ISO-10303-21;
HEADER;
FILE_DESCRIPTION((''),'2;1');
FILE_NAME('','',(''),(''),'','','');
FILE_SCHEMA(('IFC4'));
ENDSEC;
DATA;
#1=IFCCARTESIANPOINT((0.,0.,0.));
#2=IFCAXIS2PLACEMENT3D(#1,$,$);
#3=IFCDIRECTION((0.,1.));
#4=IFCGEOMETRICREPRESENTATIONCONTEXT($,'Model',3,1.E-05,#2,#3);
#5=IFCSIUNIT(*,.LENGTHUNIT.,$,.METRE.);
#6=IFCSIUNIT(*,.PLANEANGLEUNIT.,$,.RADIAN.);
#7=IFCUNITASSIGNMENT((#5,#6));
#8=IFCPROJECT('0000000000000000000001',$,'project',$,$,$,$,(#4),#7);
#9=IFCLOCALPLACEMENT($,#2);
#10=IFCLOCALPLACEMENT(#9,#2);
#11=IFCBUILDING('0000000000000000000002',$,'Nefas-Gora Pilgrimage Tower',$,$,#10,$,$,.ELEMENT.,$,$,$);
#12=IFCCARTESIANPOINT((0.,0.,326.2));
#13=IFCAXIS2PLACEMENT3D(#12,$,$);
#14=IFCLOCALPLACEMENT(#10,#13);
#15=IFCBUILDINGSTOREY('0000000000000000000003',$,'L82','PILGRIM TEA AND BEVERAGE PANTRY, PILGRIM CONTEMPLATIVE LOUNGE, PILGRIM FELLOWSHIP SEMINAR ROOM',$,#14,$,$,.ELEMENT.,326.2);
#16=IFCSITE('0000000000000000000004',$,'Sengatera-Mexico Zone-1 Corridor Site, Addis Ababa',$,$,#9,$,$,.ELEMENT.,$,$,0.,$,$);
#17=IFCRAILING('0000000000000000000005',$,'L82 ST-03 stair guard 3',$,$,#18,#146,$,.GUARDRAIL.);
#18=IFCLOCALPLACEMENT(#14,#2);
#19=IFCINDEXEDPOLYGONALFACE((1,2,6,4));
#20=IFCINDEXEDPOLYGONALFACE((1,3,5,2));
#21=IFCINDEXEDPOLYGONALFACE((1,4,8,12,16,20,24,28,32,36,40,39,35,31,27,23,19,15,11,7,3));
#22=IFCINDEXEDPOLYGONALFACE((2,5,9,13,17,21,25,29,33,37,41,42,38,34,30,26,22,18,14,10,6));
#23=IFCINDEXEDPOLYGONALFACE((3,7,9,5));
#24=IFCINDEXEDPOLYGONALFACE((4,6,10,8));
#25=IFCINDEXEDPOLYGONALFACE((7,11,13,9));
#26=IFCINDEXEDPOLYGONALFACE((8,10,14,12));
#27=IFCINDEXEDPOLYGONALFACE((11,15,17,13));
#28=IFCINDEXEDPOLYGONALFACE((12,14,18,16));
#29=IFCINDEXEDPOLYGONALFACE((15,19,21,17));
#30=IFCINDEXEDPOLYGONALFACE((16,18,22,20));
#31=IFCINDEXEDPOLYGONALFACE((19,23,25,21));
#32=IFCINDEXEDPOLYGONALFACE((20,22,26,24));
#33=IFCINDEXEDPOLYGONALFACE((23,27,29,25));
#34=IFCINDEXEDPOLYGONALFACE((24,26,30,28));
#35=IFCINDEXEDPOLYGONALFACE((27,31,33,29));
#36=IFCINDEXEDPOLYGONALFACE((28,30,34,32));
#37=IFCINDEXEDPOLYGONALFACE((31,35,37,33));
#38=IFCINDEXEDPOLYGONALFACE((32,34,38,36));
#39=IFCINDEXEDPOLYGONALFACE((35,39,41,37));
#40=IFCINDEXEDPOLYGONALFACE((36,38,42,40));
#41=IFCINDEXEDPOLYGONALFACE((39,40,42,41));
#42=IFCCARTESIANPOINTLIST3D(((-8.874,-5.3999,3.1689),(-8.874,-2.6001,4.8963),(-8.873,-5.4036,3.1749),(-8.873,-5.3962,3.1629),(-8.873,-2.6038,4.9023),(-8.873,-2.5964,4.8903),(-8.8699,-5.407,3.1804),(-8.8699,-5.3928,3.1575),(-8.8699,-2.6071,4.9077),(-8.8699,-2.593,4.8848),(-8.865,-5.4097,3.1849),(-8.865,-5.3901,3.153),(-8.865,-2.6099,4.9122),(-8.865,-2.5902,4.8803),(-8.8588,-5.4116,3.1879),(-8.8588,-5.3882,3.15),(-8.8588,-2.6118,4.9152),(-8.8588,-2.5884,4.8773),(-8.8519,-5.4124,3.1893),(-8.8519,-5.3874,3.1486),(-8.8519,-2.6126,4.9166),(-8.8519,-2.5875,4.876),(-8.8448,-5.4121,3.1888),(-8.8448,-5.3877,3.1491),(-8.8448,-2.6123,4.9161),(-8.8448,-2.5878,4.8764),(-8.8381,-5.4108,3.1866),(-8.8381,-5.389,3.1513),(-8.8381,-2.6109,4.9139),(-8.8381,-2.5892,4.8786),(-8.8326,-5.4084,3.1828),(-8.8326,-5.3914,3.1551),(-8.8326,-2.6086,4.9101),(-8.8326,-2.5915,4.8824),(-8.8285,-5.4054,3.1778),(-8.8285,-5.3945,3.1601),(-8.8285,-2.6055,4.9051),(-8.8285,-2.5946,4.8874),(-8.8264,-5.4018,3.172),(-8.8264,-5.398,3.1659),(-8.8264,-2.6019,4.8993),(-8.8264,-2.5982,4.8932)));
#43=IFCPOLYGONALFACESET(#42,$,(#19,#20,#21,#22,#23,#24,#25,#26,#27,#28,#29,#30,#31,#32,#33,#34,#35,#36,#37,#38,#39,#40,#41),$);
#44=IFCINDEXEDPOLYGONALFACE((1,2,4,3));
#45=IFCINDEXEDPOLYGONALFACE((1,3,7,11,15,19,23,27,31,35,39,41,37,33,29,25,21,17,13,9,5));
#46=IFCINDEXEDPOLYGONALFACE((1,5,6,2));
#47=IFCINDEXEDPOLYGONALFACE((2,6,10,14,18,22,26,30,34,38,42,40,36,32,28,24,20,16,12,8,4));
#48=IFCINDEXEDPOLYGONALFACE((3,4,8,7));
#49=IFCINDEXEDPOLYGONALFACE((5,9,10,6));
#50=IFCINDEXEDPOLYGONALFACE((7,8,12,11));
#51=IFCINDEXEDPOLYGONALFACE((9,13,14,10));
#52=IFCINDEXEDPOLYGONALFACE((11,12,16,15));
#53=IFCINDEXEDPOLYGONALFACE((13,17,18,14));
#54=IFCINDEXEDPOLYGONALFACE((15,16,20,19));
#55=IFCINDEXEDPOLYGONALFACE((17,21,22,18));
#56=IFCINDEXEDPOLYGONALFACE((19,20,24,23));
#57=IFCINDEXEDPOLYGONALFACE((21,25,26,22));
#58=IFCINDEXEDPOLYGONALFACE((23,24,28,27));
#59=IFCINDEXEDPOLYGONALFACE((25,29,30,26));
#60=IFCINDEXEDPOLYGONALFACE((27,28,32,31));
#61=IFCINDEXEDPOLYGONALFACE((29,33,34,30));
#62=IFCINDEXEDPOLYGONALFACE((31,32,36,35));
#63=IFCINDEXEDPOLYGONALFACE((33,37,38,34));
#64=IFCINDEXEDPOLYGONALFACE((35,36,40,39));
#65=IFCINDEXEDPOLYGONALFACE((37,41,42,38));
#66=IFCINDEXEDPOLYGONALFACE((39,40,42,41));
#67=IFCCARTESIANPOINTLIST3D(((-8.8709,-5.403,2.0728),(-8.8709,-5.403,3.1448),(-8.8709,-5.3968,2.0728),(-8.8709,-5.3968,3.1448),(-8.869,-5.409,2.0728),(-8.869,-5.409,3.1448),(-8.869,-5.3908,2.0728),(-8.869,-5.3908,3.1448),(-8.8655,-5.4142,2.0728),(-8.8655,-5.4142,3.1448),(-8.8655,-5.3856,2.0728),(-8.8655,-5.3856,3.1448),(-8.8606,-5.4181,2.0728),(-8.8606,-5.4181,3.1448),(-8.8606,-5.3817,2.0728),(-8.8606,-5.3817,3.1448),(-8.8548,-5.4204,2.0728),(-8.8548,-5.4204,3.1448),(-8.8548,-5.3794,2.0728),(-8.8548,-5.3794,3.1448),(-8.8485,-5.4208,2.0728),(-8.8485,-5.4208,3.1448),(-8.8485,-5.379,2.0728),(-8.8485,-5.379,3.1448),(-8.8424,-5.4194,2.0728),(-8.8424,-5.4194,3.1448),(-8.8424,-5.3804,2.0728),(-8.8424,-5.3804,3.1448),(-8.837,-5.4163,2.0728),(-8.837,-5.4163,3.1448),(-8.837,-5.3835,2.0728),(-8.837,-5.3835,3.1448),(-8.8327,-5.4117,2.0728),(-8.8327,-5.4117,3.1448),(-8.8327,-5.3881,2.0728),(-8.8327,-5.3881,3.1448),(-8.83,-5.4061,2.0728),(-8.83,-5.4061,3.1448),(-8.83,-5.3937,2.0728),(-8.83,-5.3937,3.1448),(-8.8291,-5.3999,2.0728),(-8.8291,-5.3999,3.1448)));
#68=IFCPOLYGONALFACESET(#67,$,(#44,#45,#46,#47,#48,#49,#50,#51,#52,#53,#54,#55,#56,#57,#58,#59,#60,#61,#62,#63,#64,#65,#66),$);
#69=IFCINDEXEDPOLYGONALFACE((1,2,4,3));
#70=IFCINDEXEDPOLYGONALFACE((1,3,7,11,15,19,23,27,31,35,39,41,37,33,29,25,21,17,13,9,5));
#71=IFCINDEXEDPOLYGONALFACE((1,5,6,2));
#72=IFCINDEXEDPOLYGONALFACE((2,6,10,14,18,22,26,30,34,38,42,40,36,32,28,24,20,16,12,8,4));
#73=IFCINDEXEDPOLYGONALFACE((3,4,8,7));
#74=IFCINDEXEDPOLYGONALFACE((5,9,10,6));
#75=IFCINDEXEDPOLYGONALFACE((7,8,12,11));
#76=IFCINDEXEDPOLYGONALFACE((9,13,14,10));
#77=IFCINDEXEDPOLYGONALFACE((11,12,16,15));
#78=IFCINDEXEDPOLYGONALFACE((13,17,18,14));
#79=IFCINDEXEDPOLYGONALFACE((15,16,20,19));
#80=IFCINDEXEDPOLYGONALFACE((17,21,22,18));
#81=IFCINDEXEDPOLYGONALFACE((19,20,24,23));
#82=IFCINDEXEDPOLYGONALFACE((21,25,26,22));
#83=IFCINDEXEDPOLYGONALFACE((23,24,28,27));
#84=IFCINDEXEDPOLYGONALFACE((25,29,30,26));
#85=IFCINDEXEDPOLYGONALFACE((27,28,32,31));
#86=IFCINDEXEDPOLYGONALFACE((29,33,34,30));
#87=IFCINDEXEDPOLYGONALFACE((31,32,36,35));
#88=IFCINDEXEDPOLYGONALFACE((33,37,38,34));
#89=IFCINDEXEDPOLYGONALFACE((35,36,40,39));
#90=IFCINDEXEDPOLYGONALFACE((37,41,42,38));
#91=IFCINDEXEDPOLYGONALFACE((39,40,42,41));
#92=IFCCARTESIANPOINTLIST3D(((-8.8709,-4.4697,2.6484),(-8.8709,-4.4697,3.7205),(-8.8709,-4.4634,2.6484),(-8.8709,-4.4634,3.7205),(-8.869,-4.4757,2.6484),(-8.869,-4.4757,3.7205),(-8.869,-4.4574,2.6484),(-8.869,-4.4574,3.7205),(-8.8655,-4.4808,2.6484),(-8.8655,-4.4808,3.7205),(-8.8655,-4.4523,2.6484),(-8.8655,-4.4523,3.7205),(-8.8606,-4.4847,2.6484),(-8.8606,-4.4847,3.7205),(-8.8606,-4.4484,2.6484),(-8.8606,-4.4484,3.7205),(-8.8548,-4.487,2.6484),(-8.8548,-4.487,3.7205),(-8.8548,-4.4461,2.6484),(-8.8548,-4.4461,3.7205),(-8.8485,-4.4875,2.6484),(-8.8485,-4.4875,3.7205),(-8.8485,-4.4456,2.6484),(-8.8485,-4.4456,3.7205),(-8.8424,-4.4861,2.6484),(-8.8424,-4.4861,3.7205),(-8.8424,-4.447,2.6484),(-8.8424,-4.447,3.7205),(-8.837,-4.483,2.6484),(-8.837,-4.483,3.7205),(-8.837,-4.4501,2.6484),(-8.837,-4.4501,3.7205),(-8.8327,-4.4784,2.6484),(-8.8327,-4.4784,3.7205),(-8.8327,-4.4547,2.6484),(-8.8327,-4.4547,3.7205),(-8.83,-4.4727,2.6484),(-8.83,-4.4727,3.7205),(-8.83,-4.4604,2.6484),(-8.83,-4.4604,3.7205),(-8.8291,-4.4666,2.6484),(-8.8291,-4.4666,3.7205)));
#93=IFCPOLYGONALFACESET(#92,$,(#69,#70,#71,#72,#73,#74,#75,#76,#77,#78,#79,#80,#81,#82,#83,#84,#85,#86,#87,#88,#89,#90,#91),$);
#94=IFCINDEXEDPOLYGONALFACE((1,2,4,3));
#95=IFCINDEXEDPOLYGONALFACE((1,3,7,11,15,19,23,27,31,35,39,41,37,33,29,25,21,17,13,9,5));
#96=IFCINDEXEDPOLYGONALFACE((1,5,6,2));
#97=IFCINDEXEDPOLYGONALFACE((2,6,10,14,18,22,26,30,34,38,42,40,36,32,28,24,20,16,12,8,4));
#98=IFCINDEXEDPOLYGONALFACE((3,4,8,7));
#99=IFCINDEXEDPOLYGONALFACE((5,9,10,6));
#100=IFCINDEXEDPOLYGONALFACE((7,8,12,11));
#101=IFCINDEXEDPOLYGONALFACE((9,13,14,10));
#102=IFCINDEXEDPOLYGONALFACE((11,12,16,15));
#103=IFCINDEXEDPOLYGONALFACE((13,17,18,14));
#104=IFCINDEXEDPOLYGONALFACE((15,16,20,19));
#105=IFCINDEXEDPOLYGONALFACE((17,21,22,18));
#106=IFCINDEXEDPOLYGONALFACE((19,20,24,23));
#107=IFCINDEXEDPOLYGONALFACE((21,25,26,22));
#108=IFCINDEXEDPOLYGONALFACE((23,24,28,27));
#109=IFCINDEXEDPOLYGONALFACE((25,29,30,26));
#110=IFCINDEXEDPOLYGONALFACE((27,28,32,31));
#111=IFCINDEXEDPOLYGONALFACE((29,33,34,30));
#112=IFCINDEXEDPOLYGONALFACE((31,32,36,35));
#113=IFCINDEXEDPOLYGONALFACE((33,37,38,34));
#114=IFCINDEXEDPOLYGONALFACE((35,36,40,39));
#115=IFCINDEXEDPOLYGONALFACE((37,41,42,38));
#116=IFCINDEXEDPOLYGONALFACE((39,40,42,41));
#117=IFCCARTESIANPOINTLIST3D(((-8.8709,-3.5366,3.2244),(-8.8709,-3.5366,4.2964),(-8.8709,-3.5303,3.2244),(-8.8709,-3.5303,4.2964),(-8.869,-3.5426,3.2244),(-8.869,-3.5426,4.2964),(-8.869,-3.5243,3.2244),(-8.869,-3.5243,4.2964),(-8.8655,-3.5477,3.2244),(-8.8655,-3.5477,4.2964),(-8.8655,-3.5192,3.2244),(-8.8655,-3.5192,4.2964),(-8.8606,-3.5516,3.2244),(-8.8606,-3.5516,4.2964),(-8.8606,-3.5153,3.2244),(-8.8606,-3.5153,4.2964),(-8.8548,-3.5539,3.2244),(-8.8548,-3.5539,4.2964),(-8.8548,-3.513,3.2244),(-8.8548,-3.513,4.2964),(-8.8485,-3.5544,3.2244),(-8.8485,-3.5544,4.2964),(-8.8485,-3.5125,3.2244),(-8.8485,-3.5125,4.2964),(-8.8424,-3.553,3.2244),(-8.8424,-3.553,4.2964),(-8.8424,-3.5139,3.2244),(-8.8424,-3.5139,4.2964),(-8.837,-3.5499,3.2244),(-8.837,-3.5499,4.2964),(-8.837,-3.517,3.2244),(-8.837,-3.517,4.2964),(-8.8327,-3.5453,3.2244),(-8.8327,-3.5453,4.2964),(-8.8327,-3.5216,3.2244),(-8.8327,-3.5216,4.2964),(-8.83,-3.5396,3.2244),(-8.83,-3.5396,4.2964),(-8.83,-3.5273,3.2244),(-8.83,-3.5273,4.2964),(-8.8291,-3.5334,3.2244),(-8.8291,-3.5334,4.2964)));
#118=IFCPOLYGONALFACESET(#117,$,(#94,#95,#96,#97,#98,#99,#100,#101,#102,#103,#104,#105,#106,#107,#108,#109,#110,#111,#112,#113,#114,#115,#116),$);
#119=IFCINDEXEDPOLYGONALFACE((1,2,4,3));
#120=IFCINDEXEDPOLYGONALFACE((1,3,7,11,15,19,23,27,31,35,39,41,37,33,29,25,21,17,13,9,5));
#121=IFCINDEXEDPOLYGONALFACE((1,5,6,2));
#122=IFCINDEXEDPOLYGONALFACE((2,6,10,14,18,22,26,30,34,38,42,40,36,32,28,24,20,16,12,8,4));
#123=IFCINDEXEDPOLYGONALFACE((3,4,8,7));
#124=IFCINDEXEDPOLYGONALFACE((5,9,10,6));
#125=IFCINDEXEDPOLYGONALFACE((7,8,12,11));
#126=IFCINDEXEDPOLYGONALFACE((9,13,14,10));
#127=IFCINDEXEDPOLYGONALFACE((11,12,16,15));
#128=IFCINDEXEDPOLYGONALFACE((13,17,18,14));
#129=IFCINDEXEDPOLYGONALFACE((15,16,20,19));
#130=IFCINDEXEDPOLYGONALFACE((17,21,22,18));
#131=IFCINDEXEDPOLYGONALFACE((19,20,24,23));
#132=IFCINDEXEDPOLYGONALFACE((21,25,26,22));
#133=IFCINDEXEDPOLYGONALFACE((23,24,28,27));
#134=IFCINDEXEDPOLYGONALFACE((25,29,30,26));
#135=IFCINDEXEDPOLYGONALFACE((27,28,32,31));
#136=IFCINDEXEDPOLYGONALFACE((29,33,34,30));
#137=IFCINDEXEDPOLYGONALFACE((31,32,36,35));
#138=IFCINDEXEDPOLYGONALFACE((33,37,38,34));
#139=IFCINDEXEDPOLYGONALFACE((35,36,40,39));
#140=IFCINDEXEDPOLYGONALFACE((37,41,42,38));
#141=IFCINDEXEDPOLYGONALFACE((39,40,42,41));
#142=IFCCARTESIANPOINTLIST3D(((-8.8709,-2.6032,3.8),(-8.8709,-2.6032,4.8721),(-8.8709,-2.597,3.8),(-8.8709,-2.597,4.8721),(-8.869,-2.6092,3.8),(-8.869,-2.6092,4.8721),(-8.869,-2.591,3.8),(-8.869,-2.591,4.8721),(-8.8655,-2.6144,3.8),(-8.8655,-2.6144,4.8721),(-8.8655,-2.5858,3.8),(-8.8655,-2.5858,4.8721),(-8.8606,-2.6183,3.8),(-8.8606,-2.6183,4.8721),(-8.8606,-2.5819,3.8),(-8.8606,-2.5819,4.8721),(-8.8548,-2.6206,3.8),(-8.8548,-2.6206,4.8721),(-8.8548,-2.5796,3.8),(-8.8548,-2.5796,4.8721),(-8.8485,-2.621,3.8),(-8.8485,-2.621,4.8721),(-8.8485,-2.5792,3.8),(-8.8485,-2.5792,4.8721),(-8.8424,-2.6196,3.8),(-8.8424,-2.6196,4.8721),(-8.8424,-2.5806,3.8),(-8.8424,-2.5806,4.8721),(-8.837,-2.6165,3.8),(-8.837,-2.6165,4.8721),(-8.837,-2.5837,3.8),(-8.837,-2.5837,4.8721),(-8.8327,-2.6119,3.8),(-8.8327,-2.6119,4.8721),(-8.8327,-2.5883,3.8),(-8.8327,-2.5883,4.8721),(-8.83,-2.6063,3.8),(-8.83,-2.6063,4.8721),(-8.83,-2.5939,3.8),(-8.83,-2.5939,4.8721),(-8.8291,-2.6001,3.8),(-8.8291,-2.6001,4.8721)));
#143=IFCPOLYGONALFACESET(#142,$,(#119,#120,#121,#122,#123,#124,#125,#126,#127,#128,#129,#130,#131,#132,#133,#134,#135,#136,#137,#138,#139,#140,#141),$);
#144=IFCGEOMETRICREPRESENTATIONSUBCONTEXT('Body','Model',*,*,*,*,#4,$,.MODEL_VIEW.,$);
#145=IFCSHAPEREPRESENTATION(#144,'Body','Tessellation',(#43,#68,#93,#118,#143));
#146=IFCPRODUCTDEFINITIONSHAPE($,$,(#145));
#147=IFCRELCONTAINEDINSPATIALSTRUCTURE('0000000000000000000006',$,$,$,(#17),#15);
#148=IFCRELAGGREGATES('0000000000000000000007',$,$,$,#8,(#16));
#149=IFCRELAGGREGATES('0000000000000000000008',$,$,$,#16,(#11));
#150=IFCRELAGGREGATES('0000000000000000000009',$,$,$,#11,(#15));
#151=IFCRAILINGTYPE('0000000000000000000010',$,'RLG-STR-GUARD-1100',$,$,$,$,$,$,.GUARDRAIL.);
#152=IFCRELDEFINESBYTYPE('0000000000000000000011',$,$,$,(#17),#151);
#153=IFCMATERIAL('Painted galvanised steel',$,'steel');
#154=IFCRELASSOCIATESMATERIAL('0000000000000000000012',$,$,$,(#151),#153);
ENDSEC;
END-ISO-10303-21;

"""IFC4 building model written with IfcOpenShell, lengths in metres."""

from ifc_helpers import new_model, si_unit, direction, frame, origin, origin_2d, place, context, subcontext, project, spatial, circle, extrude, material, type_object, element, save


model = new_model("IFC4")

# Units and contexts
model_context = context("Model", 3, precision=1e-05, world=origin(), true_north=direction((0.0, 1.0)))
body_context = subcontext(model_context, "Body", "Model", "MODEL_VIEW")
ifc_project = project(units=[si_unit("LENGTHUNIT", "METRE"), si_unit("PLANEANGLEUNIT", "RADIAN")], contexts=[model_context])

# Site, building, storey
site_placement = place(None, origin())
site = spatial("IfcSite", under=ifc_project, at=site_placement, Name="Sengatera-Mexico Zone-1 Corridor Site, Addis Ababa", CompositionType="ELEMENT", RefElevation=0.0)
building_placement = place(site_placement, origin())
building = spatial("IfcBuilding", under=site, at=building_placement, Name="Nefas-Gora Pilgrimage Tower", CompositionType="ELEMENT")
storey_placement = place(building_placement, frame((0.0, 0.0, 326.2)))
storey = spatial("IfcBuildingStorey", under=building, at=storey_placement, Name="L82", Description="PILGRIM TEA AND BEVERAGE PANTRY, PILGRIM CONTEMPLATIVE LOUNGE, PILGRIM FELLOWSHIP SEMINAR ROOM", CompositionType="ELEMENT", Elevation=326.2)

# Railing
ifc_material_1 = material(Name="Painted galvanised steel", Category="steel")
railing_type_1 = type_object("IfcRailingType", Name="RLG-STR-GUARD-1100", PredefinedType="GUARDRAIL", material=ifc_material_1)
railing_1_placement = place(storey_placement, frame((-8.8501, -5.3999, 2.0728)))
element("IfcRailing", 1, at=railing_1_placement, inside=storey, type_object=railing_type_1, Name="L82 ST-03 stair guard 3", PredefinedType="GUARDRAIL", context=body_context, shape_type="SweptSolid", body=[
    extrude(circle(Radius=0.0239, at=origin_2d()), frame((0.0, 0.0, 1.0962), z_axis=(0.0, 0.851069, 0.525054), x_axis=(-1.0, 0.0, 0.0)), (0.0, 0.0, 1.0), 3.2898),
    extrude(circle(Radius=0.021, at=origin_2d()), origin(), (0.0, 0.0, 1.0), 1.072),
    extrude(circle(Radius=0.021, at=origin_2d()), frame((0.0, 0.9333, 0.5757)), (0.0, 0.0, 1.0), 1.072),
    extrude(circle(Radius=0.021, at=origin_2d()), frame((0.0, 1.8665, 1.1516)), (0.0, 0.0, 1.0), 1.072),
    extrude(circle(Radius=0.021, at=origin_2d()), frame((0.0, 2.7998, 1.7273)), (0.0, 0.0, 1.0), 1.072),
])

save(model, "model.ifc")
